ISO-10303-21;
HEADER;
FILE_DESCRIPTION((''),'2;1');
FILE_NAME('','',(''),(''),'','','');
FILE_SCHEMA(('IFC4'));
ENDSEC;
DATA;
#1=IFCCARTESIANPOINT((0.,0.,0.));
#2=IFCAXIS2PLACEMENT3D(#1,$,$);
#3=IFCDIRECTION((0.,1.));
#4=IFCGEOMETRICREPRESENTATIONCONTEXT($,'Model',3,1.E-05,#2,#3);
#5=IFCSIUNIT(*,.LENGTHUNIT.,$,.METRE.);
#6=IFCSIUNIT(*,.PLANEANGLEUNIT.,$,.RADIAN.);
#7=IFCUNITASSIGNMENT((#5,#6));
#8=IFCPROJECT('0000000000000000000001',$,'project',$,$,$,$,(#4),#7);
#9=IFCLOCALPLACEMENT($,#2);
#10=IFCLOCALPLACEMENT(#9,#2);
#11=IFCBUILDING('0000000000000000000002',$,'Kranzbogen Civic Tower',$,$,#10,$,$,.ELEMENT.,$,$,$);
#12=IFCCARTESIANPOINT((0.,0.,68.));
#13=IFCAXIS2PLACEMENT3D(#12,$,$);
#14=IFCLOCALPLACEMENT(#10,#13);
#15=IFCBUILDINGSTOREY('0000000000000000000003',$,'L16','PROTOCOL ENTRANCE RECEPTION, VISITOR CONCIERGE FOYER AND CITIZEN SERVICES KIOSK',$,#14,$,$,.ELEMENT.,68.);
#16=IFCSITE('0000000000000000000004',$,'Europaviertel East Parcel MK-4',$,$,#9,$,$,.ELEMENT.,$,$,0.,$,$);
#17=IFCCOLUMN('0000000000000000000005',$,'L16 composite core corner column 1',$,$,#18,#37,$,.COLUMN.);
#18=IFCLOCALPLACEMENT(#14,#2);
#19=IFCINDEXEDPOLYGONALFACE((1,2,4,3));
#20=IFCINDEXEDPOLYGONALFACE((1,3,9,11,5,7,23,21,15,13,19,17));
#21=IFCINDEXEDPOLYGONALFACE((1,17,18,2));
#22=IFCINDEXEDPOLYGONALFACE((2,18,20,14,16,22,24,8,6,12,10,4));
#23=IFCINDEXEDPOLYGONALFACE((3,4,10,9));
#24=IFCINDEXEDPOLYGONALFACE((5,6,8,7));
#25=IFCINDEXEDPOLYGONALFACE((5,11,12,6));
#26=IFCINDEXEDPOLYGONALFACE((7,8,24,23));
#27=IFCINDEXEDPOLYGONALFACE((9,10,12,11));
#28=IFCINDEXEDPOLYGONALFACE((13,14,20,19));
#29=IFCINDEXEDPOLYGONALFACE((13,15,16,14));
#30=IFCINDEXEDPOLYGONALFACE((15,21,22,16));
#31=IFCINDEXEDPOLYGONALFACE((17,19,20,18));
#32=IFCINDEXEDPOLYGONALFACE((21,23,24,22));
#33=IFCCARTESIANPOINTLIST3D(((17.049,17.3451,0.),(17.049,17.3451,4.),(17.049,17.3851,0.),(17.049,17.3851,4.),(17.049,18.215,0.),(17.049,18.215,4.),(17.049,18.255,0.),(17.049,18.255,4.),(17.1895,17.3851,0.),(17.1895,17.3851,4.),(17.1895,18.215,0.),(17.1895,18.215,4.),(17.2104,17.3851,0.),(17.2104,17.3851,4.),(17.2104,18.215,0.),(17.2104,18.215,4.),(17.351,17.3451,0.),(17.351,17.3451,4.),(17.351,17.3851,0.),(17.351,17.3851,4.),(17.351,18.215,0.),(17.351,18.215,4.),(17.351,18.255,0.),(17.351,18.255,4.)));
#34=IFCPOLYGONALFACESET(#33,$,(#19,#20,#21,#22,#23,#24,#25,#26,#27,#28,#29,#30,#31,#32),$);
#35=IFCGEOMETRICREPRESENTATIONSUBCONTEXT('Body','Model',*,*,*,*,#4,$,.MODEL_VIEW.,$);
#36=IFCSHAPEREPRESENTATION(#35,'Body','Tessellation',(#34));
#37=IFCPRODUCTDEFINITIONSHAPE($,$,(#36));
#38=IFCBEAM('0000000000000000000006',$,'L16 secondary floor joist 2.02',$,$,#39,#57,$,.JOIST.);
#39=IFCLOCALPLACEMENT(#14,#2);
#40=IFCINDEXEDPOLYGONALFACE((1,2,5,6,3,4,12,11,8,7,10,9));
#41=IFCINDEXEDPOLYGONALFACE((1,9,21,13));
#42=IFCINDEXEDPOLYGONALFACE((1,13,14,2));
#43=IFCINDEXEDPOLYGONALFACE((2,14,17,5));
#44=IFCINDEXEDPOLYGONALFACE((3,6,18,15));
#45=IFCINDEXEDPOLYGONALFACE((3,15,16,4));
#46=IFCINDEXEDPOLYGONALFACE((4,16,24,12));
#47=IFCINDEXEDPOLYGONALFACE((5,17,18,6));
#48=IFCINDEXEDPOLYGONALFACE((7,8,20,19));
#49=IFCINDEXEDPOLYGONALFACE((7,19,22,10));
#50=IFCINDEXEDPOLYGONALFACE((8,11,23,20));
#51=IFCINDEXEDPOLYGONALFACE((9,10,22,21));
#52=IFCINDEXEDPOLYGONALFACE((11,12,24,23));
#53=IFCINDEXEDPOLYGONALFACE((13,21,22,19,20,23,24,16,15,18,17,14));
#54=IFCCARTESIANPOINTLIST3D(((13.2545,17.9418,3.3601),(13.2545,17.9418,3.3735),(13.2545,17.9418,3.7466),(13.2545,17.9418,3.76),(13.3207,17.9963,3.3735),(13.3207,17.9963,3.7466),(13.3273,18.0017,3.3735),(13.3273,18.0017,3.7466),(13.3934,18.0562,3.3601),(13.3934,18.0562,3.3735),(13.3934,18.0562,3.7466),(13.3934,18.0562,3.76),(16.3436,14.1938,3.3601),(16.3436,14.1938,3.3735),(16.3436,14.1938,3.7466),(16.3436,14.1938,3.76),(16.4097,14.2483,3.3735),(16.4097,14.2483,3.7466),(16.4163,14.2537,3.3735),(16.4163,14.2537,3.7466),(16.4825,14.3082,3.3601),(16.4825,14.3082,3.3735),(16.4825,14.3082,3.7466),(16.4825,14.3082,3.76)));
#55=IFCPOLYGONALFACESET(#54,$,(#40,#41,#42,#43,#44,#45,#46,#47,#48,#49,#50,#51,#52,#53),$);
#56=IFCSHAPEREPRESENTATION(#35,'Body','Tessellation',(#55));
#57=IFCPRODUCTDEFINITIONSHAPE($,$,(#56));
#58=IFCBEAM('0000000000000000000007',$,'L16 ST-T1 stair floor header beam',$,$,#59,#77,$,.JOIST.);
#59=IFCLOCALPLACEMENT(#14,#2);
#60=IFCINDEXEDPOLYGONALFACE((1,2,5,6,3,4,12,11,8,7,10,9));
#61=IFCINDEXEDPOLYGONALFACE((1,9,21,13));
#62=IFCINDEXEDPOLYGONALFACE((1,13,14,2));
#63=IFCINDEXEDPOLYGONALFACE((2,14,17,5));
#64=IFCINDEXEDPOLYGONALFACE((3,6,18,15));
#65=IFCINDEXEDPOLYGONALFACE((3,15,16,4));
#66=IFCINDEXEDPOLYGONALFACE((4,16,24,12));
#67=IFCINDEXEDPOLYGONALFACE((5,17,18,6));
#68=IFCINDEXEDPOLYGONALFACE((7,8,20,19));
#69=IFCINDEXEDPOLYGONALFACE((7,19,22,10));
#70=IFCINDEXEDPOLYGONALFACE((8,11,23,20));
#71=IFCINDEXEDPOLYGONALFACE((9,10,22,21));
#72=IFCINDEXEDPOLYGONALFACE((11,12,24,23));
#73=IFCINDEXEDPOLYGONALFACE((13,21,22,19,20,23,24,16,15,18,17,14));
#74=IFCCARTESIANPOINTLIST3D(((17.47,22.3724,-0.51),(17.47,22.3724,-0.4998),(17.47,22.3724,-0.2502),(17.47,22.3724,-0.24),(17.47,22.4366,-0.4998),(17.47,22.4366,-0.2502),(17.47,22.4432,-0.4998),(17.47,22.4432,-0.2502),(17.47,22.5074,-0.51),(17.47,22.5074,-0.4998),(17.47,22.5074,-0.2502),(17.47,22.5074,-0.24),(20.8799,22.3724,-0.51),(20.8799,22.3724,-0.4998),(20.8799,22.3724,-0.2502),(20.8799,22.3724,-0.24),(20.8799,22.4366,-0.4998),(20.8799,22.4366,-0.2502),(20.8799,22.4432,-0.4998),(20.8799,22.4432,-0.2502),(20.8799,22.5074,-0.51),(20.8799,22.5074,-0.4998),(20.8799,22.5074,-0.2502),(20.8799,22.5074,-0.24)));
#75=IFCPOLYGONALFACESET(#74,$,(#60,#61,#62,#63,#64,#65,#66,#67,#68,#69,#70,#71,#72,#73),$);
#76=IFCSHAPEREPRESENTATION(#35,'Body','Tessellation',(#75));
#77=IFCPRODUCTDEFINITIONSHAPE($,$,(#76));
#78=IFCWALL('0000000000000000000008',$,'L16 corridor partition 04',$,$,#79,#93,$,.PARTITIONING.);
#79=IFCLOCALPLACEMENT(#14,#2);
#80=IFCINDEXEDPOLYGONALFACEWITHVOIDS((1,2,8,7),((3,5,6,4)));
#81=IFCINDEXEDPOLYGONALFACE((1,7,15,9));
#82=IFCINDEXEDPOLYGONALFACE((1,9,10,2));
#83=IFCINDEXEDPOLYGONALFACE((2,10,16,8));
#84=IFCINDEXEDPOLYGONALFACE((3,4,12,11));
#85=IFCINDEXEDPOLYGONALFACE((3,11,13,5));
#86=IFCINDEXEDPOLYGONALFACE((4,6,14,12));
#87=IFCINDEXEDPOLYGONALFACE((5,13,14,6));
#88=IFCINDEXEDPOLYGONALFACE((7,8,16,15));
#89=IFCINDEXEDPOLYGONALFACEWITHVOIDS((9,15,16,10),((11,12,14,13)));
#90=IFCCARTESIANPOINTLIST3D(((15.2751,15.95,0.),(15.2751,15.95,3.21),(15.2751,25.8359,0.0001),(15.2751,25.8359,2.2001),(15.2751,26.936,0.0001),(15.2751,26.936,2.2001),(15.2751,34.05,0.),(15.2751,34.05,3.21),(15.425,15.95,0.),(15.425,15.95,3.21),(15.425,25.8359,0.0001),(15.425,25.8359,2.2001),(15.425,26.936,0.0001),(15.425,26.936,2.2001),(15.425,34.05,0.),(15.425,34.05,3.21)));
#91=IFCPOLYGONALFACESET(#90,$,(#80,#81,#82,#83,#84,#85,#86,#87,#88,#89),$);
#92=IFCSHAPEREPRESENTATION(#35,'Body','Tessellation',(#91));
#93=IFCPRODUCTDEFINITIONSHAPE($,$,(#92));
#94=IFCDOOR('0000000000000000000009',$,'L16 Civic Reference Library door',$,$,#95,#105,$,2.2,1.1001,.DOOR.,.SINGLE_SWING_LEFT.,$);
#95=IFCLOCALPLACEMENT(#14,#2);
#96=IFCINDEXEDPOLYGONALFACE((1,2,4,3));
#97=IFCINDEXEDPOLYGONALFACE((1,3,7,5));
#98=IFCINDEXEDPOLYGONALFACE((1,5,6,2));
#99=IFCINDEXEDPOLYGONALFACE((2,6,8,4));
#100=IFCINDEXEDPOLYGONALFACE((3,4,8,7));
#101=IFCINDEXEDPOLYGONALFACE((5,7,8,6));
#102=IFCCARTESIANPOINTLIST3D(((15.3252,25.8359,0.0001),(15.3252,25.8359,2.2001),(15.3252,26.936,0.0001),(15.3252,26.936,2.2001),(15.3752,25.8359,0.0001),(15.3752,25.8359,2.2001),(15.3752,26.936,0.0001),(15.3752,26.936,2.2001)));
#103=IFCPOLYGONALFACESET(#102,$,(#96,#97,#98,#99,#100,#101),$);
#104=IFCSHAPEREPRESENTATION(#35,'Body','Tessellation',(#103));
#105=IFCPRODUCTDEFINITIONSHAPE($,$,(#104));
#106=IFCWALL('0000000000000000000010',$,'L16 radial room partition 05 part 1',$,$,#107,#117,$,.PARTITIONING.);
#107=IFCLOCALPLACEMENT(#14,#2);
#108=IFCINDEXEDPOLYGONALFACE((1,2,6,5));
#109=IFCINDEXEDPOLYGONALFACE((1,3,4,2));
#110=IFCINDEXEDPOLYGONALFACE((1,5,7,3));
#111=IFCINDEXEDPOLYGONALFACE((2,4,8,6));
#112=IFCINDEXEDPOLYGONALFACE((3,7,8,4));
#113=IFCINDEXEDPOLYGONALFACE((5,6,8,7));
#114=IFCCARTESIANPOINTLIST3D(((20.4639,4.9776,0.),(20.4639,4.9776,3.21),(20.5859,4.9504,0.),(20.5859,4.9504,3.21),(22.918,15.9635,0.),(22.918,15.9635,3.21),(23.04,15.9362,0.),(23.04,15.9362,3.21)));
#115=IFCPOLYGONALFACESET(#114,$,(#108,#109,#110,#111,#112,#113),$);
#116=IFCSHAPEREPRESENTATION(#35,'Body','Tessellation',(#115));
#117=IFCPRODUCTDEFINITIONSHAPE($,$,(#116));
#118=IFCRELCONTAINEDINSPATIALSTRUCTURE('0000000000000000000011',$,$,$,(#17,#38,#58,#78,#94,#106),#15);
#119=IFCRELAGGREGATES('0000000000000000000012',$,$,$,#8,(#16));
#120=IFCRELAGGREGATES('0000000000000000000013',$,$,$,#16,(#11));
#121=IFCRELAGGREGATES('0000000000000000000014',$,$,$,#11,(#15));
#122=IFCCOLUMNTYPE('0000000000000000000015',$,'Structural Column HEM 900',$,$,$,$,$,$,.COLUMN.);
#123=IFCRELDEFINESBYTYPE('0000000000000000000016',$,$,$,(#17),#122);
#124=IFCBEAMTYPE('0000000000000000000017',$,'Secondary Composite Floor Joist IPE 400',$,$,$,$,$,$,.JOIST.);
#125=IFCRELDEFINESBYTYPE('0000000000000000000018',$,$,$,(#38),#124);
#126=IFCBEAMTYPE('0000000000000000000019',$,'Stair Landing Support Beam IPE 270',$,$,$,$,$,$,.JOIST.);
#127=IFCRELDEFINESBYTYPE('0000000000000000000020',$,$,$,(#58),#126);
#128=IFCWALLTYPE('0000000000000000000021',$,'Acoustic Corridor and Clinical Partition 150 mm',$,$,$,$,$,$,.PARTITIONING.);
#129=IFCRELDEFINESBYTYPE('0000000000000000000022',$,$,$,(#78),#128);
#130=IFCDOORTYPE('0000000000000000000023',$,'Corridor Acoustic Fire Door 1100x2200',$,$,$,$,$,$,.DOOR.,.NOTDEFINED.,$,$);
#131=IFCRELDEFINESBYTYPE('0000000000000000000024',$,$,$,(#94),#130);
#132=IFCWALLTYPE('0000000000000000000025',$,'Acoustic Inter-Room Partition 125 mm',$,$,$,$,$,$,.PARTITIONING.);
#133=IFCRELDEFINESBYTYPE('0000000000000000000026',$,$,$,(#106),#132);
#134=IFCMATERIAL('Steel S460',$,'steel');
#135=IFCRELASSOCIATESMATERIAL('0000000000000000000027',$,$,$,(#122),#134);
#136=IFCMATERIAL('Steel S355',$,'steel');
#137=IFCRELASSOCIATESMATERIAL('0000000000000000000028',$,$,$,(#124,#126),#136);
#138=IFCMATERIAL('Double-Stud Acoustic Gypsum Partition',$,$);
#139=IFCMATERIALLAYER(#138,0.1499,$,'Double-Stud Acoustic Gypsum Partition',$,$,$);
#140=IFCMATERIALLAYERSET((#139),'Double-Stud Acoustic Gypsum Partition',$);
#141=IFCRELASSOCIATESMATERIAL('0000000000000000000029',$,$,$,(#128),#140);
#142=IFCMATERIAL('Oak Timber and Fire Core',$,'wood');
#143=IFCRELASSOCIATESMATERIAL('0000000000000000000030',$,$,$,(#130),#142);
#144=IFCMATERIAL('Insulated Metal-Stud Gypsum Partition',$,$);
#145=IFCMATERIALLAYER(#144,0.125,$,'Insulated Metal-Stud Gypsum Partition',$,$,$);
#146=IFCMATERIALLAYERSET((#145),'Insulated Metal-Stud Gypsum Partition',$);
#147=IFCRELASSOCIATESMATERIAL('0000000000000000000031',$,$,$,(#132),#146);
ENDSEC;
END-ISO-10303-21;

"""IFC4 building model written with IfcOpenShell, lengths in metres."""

from ifc_helpers import new_model, si_unit, direction, frame, frame_2d, origin, origin_2d, place, context, subcontext, project, spatial, rectangle, i_section, extrude, material, layer, layer_set, material_profile, profile_set, type_object, element, fill, save


model = new_model("IFC4")

# Units and contexts
model_context = context("Model", 3, precision=1e-05, world=origin(), true_north=direction((0.0, 1.0)))
body_context = subcontext(model_context, "Body", "Model", "MODEL_VIEW")
ifc_project = project(units=[si_unit("LENGTHUNIT", "METRE"), si_unit("PLANEANGLEUNIT", "RADIAN")], contexts=[model_context])

# Site, building, storey
site_placement = place(None, origin())
site = spatial("IfcSite", under=ifc_project, at=site_placement, Name="Europaviertel East Parcel MK-4", CompositionType="ELEMENT", RefElevation=0.0)
building_placement = place(site_placement, origin())
building = spatial("IfcBuilding", under=site, at=building_placement, Name="Kranzbogen Civic Tower", CompositionType="ELEMENT")
storey_placement = place(building_placement, frame((0.0, 0.0, 68.0)))
storey = spatial("IfcBuildingStorey", under=building, at=storey_placement, Name="L16", Description="PROTOCOL ENTRANCE RECEPTION, VISITOR CONCIERGE FOYER AND CITIZEN SERVICES KIOSK", CompositionType="ELEMENT", Elevation=68.0)

# Column
ifc_material_1 = material(Name="Steel S460", Category="steel")
ifc_material_profile_1 = material_profile(ifc_material_1, i_section(OverallWidth=0.302, OverallDepth=0.9099, WebThickness=0.021, FlangeThickness=0.04, at=origin_2d()), Name="HEM 900")
ifc_profile_set_1 = profile_set([ifc_material_profile_1], Name="Steel S460")
column_type = type_object("IfcColumnType", Name="Structural Column HEM 900", PredefinedType="COLUMN", material=ifc_profile_set_1)
column_placement = place(storey_placement, frame((17.2, 17.8, 0.0), z_axis=(0.0, 0.0, 1.0), x_axis=(1.0, 0.0, 0.0)))
element("IfcColumn", 1, at=column_placement, inside=storey, type_object=column_type, Name="L16 composite core corner column 1", PredefinedType="COLUMN", context=body_context, shape_type="SweptSolid", body=[
    extrude(i_section(OverallWidth=0.302, OverallDepth=0.9099, WebThickness=0.021, FlangeThickness=0.04, at=origin_2d()), origin(), (0.0, 0.0, 1.0), 4.0),
])

# Beams
ifc_material_2 = material(Name="Steel S355", Category="steel")
ifc_material_profile_2 = material_profile(ifc_material_2, i_section(OverallWidth=0.1799, OverallDepth=0.3999, WebThickness=0.0085, FlangeThickness=0.0134, at=origin_2d()), Name="IPE 400")
ifc_profile_set_2 = profile_set([ifc_material_profile_2], Name="Steel S355")
beam_type_1 = type_object("IfcBeamType", Name="Secondary Composite Floor Joist IPE 400", PredefinedType="JOIST", material=ifc_profile_set_2)
beam_1_placement = place(storey_placement, frame((13.324, 17.999, 3.5601), z_axis=(0.636012, -0.771679, 0.0), x_axis=(0.771679, 0.636012, 0.0)))
element("IfcBeam", 2, at=beam_1_placement, inside=storey, type_object=beam_type_1, Name="L16 secondary floor joist 2.02", PredefinedType="JOIST", context=body_context, shape_type="SweptSolid", body=[
    extrude(i_section(OverallWidth=0.1799, OverallDepth=0.3999, WebThickness=0.0085, FlangeThickness=0.0134, at=origin_2d()), origin(), (0.0, 0.0, 1.0), 4.8569),
])
ifc_material_profile_3 = material_profile(ifc_material_2, i_section(OverallWidth=0.135, OverallDepth=0.27, WebThickness=0.0066, FlangeThickness=0.0103, at=origin_2d()), Name="IPE 270")
ifc_profile_set_3 = profile_set([ifc_material_profile_3], Name="Steel S355")
beam_type_2 = type_object("IfcBeamType", Name="Stair Landing Support Beam IPE 270", PredefinedType="JOIST", material=ifc_profile_set_3)
beam_2_placement = place(storey_placement, frame((20.8799, 22.4399, -0.375), z_axis=(-1.0, 0.0, 0.0), x_axis=(0.0, -1.0, 0.0)))
element("IfcBeam", 3, at=beam_2_placement, inside=storey, type_object=beam_type_2, Name="L16 ST-T1 stair floor header beam", PredefinedType="JOIST", context=body_context, shape_type="SweptSolid", body=[
    extrude(i_section(OverallWidth=0.135, OverallDepth=0.27, WebThickness=0.0066, FlangeThickness=0.0103, at=origin_2d()), origin(), (0.0, 0.0, 1.0), 3.4099),
])

# Wall, opening, door
ifc_material_3 = material(Name="Double-Stud Acoustic Gypsum Partition")
ifc_layer_1 = layer(ifc_material_3, 0.1499, Name="Double-Stud Acoustic Gypsum Partition")
ifc_layer_set_1 = layer_set([ifc_layer_1], Name="Double-Stud Acoustic Gypsum Partition")
wall_type_1 = type_object("IfcWallType", Name="Acoustic Corridor and Clinical Partition 150 mm", PredefinedType="PARTITIONING", material=ifc_layer_set_1)
wall_1_placement = place(storey_placement, frame((15.3501, 15.95, 0.0), z_axis=(0.0, 0.0, 1.0), x_axis=(0.0, 1.0, 0.0)))
wall_1 = element("IfcWall", 4, at=wall_1_placement, inside=storey, type_object=wall_type_1, Name="L16 corridor partition 04", PredefinedType="PARTITIONING", context=body_context, shape_type="SweptSolid", body=[
    extrude(rectangle(XDim=18.1001, YDim=0.1499, at=frame_2d((9.05, 0.0))), origin(), (0.0, 0.0, 1.0), 3.21),
])
opening_1_placement = place(wall_1_placement, frame((9.886, 0.0, 0.0)))
opening_1 = element("IfcOpeningElement", 5, at=opening_1_placement, cuts=wall_1, PredefinedType="OPENING", context=body_context, shape_type="SweptSolid", body=[
    extrude(rectangle(XDim=1.1001, YDim=2.2, at=frame_2d((0.55, 1.1001))), frame((0.0, 0.085, 0.0), z_axis=(0.0, -1.0, 0.0), x_axis=(1.0, 0.0, 0.0)), (0.0, 0.0, 1.0), 0.1699),
])
ifc_material_4 = material(Name="Oak Timber and Fire Core", Category="wood")
door_type_1 = type_object("IfcDoorType", Name="Corridor Acoustic Fire Door 1100x2200", OperationType="NOTDEFINED", PredefinedType="DOOR", material=ifc_material_4)
door_1_placement = place(opening_1_placement, origin())
door_1 = element("IfcDoor", 6, at=door_1_placement, inside=storey, type_object=door_type_1, Name="L16 Civic Reference Library door", OperationType="SINGLE_SWING_LEFT", OverallHeight=2.2, OverallWidth=1.1001, PredefinedType="DOOR", context=body_context, shape_type="SweptSolid", body=[
    extrude(rectangle(XDim=1.1001, YDim=2.2, at=frame_2d((0.55, 1.1001))), frame((0.0, 0.0249, 0.0), z_axis=(0.0, -1.0, 0.0), x_axis=(1.0, 0.0, 0.0)), (0.0, 0.0, 1.0), 0.05),
])
fill(opening_1, door_1)

# Wall
ifc_material_5 = material(Name="Insulated Metal-Stud Gypsum Partition")
ifc_layer_2 = layer(ifc_material_5, 0.125, Name="Insulated Metal-Stud Gypsum Partition")
ifc_layer_set_2 = layer_set([ifc_layer_2], Name="Insulated Metal-Stud Gypsum Partition")
wall_type_2 = type_object("IfcWallType", Name="Acoustic Inter-Room Partition 125 mm", PredefinedType="PARTITIONING", material=ifc_layer_set_2)
wall_2_placement = place(storey_placement, frame((22.979, 15.95, 0.0), z_axis=(0.0, 0.0, 1.0), x_axis=(-0.218014, -0.975946, 0.0)))
element("IfcWall", 7, at=wall_2_placement, inside=storey, type_object=wall_type_2, Name="L16 radial room partition 05 part 1", PredefinedType="PARTITIONING", context=body_context, shape_type="SweptSolid", body=[
    extrude(rectangle(XDim=11.2566, YDim=0.125, at=frame_2d((5.6284, 0.0))), origin(), (0.0, 0.0, 1.0), 3.21),
])

save(model, "model.ifc")
